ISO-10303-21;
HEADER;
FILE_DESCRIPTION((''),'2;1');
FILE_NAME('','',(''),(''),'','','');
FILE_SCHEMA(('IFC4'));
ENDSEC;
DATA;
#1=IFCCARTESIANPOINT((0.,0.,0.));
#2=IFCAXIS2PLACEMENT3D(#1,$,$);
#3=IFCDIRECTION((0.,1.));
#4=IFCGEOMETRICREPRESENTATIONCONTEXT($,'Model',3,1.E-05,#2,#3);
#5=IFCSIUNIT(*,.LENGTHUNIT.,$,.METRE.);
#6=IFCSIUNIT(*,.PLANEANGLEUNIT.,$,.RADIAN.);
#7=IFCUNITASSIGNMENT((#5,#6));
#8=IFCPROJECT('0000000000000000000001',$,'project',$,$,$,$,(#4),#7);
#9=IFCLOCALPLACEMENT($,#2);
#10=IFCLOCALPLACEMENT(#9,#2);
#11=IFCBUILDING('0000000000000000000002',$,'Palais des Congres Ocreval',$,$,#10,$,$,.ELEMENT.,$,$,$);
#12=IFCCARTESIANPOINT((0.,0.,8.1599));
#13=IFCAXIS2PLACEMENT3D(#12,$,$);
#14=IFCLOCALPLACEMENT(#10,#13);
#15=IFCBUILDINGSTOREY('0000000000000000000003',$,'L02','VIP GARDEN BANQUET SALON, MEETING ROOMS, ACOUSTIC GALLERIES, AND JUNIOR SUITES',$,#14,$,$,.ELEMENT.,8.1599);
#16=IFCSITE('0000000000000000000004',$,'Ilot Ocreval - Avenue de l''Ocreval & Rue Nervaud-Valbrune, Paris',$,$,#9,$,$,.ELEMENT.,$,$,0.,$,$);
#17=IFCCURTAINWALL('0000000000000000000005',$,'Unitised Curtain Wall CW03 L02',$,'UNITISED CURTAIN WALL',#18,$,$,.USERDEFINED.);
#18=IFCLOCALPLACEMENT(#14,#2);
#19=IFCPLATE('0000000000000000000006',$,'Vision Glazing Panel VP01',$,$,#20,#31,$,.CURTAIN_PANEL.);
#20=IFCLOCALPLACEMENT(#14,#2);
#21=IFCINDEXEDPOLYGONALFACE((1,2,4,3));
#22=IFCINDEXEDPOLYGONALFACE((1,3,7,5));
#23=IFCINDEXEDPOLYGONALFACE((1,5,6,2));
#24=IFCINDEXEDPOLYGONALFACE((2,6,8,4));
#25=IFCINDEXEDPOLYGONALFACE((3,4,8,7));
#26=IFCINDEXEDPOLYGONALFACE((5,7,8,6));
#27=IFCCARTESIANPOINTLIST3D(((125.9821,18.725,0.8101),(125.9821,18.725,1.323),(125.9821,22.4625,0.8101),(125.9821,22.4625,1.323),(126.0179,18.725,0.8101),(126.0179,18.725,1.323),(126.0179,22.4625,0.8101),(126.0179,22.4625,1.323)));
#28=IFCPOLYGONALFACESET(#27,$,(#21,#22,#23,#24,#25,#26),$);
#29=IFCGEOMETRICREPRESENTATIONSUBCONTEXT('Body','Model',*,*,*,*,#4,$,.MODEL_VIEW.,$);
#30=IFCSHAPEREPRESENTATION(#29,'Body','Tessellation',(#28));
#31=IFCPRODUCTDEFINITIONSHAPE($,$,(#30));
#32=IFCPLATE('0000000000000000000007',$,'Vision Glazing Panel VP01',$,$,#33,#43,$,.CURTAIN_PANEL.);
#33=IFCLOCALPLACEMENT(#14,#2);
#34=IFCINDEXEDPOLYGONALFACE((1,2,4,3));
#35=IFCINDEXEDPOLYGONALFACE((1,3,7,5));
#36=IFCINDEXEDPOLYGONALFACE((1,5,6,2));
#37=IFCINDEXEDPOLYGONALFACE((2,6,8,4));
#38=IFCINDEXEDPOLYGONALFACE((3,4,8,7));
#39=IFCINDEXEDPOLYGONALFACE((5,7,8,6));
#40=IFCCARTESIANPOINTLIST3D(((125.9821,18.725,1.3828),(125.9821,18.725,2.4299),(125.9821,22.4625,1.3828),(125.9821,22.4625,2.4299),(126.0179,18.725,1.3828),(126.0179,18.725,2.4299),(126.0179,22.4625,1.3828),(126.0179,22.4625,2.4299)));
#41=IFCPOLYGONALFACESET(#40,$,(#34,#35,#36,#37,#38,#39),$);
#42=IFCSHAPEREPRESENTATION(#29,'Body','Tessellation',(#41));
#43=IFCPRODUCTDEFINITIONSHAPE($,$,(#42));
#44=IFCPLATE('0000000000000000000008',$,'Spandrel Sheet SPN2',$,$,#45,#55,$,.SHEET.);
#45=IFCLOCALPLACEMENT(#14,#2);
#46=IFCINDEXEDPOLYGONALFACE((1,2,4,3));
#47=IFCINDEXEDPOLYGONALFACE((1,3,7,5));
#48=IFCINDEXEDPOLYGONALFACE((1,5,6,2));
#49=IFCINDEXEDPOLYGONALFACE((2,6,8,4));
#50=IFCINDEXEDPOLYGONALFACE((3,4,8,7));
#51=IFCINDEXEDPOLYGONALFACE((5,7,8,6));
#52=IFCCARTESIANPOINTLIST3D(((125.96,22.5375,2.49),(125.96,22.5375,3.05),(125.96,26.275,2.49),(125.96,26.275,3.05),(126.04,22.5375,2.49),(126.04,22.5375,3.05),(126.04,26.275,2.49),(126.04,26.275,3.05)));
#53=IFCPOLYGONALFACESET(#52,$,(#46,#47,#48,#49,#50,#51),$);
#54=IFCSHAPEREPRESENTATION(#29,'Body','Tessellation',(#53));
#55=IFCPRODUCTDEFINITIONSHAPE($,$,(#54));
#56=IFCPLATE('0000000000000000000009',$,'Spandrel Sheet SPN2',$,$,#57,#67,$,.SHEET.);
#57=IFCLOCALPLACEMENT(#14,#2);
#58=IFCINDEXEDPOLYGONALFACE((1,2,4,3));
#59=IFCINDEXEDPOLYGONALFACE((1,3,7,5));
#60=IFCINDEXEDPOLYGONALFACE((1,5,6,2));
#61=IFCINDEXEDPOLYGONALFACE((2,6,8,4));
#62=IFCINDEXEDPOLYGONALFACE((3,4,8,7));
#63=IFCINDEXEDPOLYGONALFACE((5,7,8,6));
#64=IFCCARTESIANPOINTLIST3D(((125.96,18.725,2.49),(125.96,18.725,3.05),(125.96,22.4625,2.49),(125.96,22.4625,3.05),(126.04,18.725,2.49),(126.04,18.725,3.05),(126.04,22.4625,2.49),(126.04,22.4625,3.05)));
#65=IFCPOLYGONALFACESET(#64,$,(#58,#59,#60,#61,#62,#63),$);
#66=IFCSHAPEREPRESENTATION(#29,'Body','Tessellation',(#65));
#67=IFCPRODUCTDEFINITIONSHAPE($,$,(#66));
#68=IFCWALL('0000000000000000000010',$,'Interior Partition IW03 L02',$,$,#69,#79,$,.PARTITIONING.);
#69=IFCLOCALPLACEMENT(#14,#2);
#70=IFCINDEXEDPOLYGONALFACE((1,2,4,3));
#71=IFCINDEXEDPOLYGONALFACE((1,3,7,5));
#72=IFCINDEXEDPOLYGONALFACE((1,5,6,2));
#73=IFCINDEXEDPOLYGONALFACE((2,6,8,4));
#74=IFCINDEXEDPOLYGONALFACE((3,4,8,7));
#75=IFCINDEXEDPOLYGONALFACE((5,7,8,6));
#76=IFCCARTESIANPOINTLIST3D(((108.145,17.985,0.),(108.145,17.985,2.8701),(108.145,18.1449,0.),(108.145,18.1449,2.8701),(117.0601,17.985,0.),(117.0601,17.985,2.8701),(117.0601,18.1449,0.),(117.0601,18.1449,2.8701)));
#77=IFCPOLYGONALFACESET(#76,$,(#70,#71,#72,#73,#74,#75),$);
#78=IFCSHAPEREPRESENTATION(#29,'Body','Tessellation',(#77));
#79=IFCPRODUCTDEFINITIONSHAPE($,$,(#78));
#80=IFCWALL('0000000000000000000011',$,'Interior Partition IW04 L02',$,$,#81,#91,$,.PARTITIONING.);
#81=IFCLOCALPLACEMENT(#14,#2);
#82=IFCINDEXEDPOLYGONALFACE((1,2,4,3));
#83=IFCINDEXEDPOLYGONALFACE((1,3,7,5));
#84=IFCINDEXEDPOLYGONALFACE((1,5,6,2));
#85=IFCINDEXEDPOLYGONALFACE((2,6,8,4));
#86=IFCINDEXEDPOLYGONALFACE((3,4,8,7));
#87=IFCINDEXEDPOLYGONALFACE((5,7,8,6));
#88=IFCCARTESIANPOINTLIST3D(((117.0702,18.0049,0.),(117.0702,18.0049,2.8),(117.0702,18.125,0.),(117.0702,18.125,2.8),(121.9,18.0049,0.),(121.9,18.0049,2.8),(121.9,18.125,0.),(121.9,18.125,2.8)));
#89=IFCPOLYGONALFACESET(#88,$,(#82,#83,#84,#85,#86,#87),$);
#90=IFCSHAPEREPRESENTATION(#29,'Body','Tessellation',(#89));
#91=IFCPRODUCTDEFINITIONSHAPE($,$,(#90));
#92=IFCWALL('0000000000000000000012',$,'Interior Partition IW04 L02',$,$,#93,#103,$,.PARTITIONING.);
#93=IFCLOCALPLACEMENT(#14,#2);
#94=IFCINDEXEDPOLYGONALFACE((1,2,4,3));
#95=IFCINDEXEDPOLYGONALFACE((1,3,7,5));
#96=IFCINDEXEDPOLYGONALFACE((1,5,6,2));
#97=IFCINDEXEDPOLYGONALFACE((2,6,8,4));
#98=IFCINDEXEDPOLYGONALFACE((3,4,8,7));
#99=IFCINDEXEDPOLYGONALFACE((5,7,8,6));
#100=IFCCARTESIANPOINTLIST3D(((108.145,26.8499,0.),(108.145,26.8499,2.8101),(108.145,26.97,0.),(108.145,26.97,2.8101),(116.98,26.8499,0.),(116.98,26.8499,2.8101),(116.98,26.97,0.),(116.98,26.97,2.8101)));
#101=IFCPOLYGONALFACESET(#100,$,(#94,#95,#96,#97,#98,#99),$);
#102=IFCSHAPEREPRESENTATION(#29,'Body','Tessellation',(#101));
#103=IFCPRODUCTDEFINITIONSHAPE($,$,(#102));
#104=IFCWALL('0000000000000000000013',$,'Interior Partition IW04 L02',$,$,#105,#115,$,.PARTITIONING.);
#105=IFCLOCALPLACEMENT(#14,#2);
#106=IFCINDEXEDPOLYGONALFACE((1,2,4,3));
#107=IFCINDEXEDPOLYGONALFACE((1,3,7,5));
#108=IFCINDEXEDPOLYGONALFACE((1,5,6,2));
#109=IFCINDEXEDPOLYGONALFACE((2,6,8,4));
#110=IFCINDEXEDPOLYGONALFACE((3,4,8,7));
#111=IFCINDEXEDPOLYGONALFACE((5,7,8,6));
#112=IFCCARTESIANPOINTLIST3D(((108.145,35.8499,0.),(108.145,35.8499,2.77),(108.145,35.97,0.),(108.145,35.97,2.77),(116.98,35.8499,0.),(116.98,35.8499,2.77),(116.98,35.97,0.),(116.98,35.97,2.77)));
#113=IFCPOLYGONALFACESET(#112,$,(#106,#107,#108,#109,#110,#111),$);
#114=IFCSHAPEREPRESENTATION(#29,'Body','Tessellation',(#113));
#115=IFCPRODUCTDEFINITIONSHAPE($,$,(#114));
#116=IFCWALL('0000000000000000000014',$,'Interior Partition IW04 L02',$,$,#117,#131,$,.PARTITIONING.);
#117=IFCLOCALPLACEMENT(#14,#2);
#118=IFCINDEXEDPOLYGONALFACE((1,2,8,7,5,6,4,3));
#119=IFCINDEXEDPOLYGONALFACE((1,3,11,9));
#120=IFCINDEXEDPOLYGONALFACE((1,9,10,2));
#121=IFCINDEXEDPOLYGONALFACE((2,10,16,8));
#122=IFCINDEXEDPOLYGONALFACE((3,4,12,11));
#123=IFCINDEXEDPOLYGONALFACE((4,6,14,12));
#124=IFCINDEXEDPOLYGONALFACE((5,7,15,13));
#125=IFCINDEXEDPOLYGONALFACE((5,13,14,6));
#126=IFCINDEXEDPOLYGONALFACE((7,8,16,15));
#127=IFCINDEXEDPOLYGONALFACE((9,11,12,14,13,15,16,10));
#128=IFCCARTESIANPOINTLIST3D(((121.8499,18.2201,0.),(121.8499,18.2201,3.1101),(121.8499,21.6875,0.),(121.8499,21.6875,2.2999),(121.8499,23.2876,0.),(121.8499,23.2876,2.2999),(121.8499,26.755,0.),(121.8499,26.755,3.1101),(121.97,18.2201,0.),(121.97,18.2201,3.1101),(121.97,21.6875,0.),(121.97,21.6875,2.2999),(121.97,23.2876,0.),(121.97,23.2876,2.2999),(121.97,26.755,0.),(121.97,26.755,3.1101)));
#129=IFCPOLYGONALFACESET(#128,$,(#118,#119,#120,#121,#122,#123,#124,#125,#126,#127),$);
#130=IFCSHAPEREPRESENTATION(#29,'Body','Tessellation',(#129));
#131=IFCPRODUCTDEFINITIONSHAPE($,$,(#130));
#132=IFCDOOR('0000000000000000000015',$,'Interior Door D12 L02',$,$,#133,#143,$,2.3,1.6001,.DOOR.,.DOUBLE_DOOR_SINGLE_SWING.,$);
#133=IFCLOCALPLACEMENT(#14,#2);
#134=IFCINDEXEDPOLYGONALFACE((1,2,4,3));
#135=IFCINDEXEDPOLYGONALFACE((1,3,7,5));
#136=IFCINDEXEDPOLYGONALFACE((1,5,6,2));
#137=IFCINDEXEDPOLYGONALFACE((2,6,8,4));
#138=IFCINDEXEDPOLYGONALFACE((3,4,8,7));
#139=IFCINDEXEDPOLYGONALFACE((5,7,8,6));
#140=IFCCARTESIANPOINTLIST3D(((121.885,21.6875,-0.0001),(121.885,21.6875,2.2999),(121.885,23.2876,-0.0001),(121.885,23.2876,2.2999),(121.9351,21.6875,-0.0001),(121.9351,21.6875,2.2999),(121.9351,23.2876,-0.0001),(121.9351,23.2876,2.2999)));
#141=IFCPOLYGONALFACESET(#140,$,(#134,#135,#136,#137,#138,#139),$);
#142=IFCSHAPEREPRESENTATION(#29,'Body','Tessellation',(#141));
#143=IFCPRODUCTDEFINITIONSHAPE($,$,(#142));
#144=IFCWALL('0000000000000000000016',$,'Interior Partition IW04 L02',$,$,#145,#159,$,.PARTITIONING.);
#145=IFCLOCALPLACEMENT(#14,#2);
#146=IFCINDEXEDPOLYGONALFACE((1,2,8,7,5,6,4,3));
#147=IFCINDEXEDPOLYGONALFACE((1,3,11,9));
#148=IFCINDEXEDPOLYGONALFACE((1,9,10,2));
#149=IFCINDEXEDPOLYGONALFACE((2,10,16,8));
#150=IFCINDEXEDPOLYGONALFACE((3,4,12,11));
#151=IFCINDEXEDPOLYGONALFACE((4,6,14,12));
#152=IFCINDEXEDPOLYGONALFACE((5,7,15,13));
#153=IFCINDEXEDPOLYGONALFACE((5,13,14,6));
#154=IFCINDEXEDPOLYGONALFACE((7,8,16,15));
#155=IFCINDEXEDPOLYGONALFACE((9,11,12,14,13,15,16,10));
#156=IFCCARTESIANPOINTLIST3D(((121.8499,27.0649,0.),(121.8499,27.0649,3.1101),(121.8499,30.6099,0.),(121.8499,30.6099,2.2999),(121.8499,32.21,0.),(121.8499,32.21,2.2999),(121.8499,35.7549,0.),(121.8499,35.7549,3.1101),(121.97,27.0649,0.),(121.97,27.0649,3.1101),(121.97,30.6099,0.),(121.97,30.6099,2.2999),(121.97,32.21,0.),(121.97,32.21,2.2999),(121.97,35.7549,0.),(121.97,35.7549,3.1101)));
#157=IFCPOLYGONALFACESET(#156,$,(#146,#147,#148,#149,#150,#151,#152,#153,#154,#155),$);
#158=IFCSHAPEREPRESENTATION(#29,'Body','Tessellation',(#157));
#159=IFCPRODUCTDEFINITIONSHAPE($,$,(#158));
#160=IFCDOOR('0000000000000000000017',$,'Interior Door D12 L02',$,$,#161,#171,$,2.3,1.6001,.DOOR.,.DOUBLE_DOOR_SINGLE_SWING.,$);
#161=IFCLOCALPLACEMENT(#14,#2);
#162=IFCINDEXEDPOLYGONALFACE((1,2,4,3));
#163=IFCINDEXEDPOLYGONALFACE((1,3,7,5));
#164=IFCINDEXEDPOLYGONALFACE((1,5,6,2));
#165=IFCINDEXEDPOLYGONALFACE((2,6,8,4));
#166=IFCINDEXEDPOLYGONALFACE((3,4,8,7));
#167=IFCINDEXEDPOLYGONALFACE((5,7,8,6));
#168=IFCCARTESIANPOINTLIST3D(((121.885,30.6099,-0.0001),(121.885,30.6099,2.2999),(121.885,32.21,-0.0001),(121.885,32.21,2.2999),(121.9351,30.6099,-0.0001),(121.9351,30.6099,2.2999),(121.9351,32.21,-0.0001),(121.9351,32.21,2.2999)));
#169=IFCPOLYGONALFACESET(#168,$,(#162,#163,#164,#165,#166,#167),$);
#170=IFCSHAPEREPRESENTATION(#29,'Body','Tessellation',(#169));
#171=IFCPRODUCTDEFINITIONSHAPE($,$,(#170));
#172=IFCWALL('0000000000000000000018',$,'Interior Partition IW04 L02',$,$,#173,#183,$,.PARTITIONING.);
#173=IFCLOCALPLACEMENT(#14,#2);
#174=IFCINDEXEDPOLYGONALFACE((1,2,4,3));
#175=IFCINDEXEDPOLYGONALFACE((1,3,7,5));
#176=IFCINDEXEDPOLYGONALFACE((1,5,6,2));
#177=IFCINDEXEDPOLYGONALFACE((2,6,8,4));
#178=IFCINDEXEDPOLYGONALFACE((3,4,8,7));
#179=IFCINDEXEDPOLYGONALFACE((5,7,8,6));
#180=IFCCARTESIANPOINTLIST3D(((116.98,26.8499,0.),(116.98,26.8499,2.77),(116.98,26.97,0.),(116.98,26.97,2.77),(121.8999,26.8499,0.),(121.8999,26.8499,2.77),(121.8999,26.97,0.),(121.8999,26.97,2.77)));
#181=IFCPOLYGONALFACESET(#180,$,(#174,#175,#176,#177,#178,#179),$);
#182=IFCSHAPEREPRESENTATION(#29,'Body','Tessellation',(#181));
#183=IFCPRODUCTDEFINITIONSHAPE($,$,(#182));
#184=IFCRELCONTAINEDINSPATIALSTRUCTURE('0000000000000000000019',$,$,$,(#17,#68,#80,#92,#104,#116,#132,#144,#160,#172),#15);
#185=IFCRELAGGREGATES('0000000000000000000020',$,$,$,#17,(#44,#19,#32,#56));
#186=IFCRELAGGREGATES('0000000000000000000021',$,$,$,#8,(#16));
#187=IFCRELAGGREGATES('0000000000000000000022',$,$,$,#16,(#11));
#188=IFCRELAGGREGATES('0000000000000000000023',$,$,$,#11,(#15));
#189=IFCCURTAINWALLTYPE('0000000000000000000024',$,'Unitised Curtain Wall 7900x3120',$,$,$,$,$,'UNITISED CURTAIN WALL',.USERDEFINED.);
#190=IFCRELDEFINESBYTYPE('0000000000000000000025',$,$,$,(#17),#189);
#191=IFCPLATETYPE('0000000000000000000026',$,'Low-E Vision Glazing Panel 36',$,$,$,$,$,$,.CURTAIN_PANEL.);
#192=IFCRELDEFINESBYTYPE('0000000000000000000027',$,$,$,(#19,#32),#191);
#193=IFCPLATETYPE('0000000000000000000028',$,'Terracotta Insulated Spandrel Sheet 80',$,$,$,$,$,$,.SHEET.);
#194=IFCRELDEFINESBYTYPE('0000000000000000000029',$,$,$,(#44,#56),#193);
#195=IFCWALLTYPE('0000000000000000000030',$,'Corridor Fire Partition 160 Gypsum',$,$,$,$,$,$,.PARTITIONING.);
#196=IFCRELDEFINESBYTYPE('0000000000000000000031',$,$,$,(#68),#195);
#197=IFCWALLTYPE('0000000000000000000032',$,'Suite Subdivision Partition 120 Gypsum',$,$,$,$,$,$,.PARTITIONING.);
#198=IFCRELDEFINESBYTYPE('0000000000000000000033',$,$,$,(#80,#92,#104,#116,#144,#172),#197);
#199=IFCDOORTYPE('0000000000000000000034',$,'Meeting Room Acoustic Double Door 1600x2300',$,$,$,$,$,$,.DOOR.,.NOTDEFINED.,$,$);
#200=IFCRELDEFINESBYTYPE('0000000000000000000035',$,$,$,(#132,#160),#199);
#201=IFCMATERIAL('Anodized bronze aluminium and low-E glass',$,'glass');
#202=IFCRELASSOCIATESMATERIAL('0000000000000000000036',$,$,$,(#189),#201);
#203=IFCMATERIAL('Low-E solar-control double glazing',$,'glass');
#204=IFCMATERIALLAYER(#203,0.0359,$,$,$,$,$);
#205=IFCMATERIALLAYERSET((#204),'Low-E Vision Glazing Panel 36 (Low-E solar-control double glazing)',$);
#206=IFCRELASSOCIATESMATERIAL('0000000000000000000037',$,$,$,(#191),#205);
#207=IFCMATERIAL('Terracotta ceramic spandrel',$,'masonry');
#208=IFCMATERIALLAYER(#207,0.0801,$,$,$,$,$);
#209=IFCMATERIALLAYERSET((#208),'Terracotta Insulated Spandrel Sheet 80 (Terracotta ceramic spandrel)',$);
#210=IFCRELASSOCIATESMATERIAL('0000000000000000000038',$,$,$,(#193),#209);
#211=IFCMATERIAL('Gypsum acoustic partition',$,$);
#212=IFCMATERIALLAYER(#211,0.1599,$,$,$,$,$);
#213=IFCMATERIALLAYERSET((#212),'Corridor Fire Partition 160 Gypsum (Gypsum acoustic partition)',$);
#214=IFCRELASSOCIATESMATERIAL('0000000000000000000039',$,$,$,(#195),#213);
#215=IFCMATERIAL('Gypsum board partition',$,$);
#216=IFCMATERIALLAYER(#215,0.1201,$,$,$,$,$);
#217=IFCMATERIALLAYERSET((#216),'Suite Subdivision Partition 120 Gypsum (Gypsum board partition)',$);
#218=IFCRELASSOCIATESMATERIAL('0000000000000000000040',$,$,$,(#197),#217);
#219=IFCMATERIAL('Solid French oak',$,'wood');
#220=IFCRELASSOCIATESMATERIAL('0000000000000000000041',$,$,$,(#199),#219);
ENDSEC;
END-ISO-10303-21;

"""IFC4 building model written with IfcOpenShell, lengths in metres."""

from ifc_helpers import new_model, si_unit, direction, frame, frame_2d, origin, origin_2d, place, context, subcontext, project, spatial, rectangle, extrude, material, layer, layer_set, type_object, element, fill, aggregate, save


model = new_model("IFC4")

# Units and contexts
model_context = context("Model", 3, precision=1e-05, world=origin(), true_north=direction((0.0, 1.0)))
body_context = subcontext(model_context, "Body", "Model", "MODEL_VIEW")
ifc_project = project(units=[si_unit("LENGTHUNIT", "METRE"), si_unit("PLANEANGLEUNIT", "RADIAN")], contexts=[model_context])

# Site, building, storey
site_placement = place(None, origin())
site = spatial("IfcSite", under=ifc_project, at=site_placement, Name="Ilot Ocreval - Avenue de l'Ocreval & Rue Nervaud-Valbrune, Paris", CompositionType="ELEMENT", RefElevation=0.0)
building_placement = place(site_placement, origin())
building = spatial("IfcBuilding", under=site, at=building_placement, Name="Palais des Congres Ocreval", CompositionType="ELEMENT")
storey_placement = place(building_placement, frame((0.0, 0.0, 8.1599)))
storey = spatial("IfcBuildingStorey", under=building, at=storey_placement, Name="L02", Description="VIP GARDEN BANQUET SALON, MEETING ROOMS, ACOUSTIC GALLERIES, AND JUNIOR SUITES", CompositionType="ELEMENT", Elevation=8.1599)

# Curtain wall
ifc_material_1 = material(Name="Anodized bronze aluminium and low-E glass", Category="glass")
curtain_wall_type = type_object("IfcCurtainWallType", Name="Unitised Curtain Wall 7900x3120", ElementType="UNITISED CURTAIN WALL", PredefinedType="USERDEFINED", material=ifc_material_1)
curtain_wall_placement = place(storey_placement, origin())
curtain_wall = element("IfcCurtainWall", 1, at=curtain_wall_placement, inside=storey, type_object=curtain_wall_type, Name="Unitised Curtain Wall CW03 L02", ObjectType="UNITISED CURTAIN WALL", PredefinedType="USERDEFINED")

# Plates
ifc_material_2 = material(Name="Low-E solar-control double glazing", Category="glass")
ifc_layer_1 = layer(ifc_material_2, 0.0359)
ifc_layer_set_1 = layer_set([ifc_layer_1], Name="Low-E Vision Glazing Panel 36 (Low-E solar-control double glazing)")
plate_type_1 = type_object("IfcPlateType", Name="Low-E Vision Glazing Panel 36", PredefinedType="CURTAIN_PANEL", material=ifc_layer_set_1)
plate_1_placement = place(storey_placement, frame((126.0, 20.5938, 0.8101), z_axis=(0.0, 0.0, 1.0), x_axis=(0.0, -1.0, 0.0)))
plate_1 = element("IfcPlate", 2, at=plate_1_placement, type_object=plate_type_1, Name="Vision Glazing Panel VP01", PredefinedType="CURTAIN_PANEL", context=body_context, shape_type="SweptSolid", body=[
    extrude(rectangle(XDim=3.7375, YDim=0.0359, at=origin_2d()), origin(), (0.0, 0.0, 1.0), 0.5129),
])
plate_2_placement = place(storey_placement, frame((126.0, 20.5938, 1.3828), z_axis=(0.0, 0.0, 1.0), x_axis=(0.0, -1.0, 0.0)))
plate_2 = element("IfcPlate", 3, at=plate_2_placement, type_object=plate_type_1, Name="Vision Glazing Panel VP01", PredefinedType="CURTAIN_PANEL", context=body_context, shape_type="SweptSolid", body=[
    extrude(rectangle(XDim=3.7375, YDim=0.0359, at=origin_2d()), origin(), (0.0, 0.0, 1.0), 1.0471),
])
ifc_material_3 = material(Name="Terracotta ceramic spandrel", Category="masonry")
ifc_layer_2 = layer(ifc_material_3, 0.0801)
ifc_layer_set_2 = layer_set([ifc_layer_2], Name="Terracotta Insulated Spandrel Sheet 80 (Terracotta ceramic spandrel)")
plate_type_2 = type_object("IfcPlateType", Name="Terracotta Insulated Spandrel Sheet 80", PredefinedType="SHEET", material=ifc_layer_set_2)
plate_3_placement = place(storey_placement, frame((126.0, 24.4062, 2.49), z_axis=(0.0, 0.0, 1.0), x_axis=(0.0, -1.0, 0.0)))
plate_3 = element("IfcPlate", 4, at=plate_3_placement, type_object=plate_type_2, Name="Spandrel Sheet SPN2", PredefinedType="SHEET", context=body_context, shape_type="SweptSolid", body=[
    extrude(rectangle(XDim=3.7375, YDim=0.0801, at=origin_2d()), origin(), (0.0, 0.0, 1.0), 0.5601),
])
plate_4_placement = place(storey_placement, frame((126.0, 20.5938, 2.49), z_axis=(0.0, 0.0, 1.0), x_axis=(0.0, -1.0, 0.0)))
plate_4 = element("IfcPlate", 5, at=plate_4_placement, type_object=plate_type_2, Name="Spandrel Sheet SPN2", PredefinedType="SHEET", context=body_context, shape_type="SweptSolid", body=[
    extrude(rectangle(XDim=3.7375, YDim=0.0801, at=origin_2d()), origin(), (0.0, 0.0, 1.0), 0.5601),
])
aggregate(curtain_wall, [plate_3, plate_1, plate_2, plate_4])

# Walls
ifc_material_4 = material(Name="Gypsum acoustic partition")
ifc_layer_3 = layer(ifc_material_4, 0.1599)
ifc_layer_set_3 = layer_set([ifc_layer_3], Name="Corridor Fire Partition 160 Gypsum (Gypsum acoustic partition)")
wall_type_1 = type_object("IfcWallType", Name="Corridor Fire Partition 160 Gypsum", PredefinedType="PARTITIONING", material=ifc_layer_set_3)
wall_1_placement = place(storey_placement, frame((108.145, 18.0649, 0.0), z_axis=(0.0, 0.0, 1.0), x_axis=(1.0, 0.0, 0.0)))
element("IfcWall", 6, at=wall_1_placement, inside=storey, type_object=wall_type_1, Name="Interior Partition IW03 L02", PredefinedType="PARTITIONING", context=body_context, shape_type="SweptSolid", body=[
    extrude(rectangle(XDim=8.915, YDim=0.1599, at=frame_2d((4.4575, 0.0))), origin(), (0.0, 0.0, 1.0), 2.8701),
])
ifc_material_5 = material(Name="Gypsum board partition")
ifc_layer_4 = layer(ifc_material_5, 0.1201)
ifc_layer_set_4 = layer_set([ifc_layer_4], Name="Suite Subdivision Partition 120 Gypsum (Gypsum board partition)")
wall_type_2 = type_object("IfcWallType", Name="Suite Subdivision Partition 120 Gypsum", PredefinedType="PARTITIONING", material=ifc_layer_set_4)
wall_2_placement = place(storey_placement, frame((117.0701, 18.0649, 0.0), z_axis=(0.0, 0.0, 1.0), x_axis=(1.0, 0.0, 0.0)))
element("IfcWall", 7, at=wall_2_placement, inside=storey, type_object=wall_type_2, Name="Interior Partition IW04 L02", PredefinedType="PARTITIONING", context=body_context, shape_type="SweptSolid", body=[
    extrude(rectangle(XDim=4.8298, YDim=0.1201, at=frame_2d((2.415, 0.0))), origin(), (0.0, 0.0, 1.0), 2.8),
])
wall_3_placement = place(storey_placement, frame((108.145, 26.9099, 0.0), z_axis=(0.0, 0.0, 1.0), x_axis=(1.0, 0.0, 0.0)))
element("IfcWall", 8, at=wall_3_placement, inside=storey, type_object=wall_type_2, Name="Interior Partition IW04 L02", PredefinedType="PARTITIONING", context=body_context, shape_type="SweptSolid", body=[
    extrude(rectangle(XDim=8.835, YDim=0.1201, at=frame_2d((4.4175, 0.0))), origin(), (0.0, 0.0, 1.0), 2.8101),
])
wall_4_placement = place(storey_placement, frame((108.145, 35.9099, 0.0), z_axis=(0.0, 0.0, 1.0), x_axis=(1.0, 0.0, 0.0)))
element("IfcWall", 9, at=wall_4_placement, inside=storey, type_object=wall_type_2, Name="Interior Partition IW04 L02", PredefinedType="PARTITIONING", context=body_context, shape_type="SweptSolid", body=[
    extrude(rectangle(XDim=8.835, YDim=0.1201, at=frame_2d((4.4175, 0.0))), origin(), (0.0, 0.0, 1.0), 2.77),
])

# Walls, openings, doors
wall_5_placement = place(storey_placement, frame((121.9099, 18.22, 0.0), z_axis=(0.0, 0.0, 1.0), x_axis=(0.0, 1.0, 0.0)))
wall_5 = element("IfcWall", 10, at=wall_5_placement, inside=storey, type_object=wall_type_2, Name="Interior Partition IW04 L02", PredefinedType="PARTITIONING", context=body_context, shape_type="SweptSolid", body=[
    extrude(rectangle(XDim=8.5349, YDim=0.1201, at=frame_2d((4.2676, 0.0))), origin(), (0.0, 0.0, 1.0), 3.1101),
])
opening_1_placement = place(wall_5_placement, frame((3.4675, 0.0, 0.0)))
opening_1 = element("IfcOpeningElement", 11, at=opening_1_placement, cuts=wall_5, PredefinedType="OPENING", context=body_context, shape_type="SweptSolid", body=[
    extrude(rectangle(XDim=1.6001, YDim=2.3, at=frame_2d((0.8, 1.1499))), frame((0.0, 0.0701, 0.0), z_axis=(0.0, -1.0, 0.0), x_axis=(1.0, 0.0, 0.0)), (0.0, 0.0, 1.0), 0.1401),
])
ifc_material_6 = material(Name="Solid French oak", Category="wood")
door_type = type_object("IfcDoorType", Name="Meeting Room Acoustic Double Door 1600x2300", OperationType="NOTDEFINED", PredefinedType="DOOR", material=ifc_material_6)
door_1_placement = place(opening_1_placement, origin())
door_1 = element("IfcDoor", 12, at=door_1_placement, inside=storey, type_object=door_type, Name="Interior Door D12 L02", OperationType="DOUBLE_DOOR_SINGLE_SWING", OverallHeight=2.3, OverallWidth=1.6001, PredefinedType="DOOR", context=body_context, shape_type="SweptSolid", body=[
    extrude(rectangle(XDim=1.6001, YDim=2.3, at=frame_2d((0.8, 1.1499))), frame((0.0, 0.0249, 0.0), z_axis=(0.0, -1.0, 0.0), x_axis=(1.0, 0.0, 0.0)), (0.0, 0.0, 1.0), 0.05),
])
fill(opening_1, door_1)
wall_6_placement = place(storey_placement, frame((121.9099, 27.0649, 0.0), z_axis=(0.0, 0.0, 1.0), x_axis=(0.0, 1.0, 0.0)))
wall_6 = element("IfcWall", 13, at=wall_6_placement, inside=storey, type_object=wall_type_2, Name="Interior Partition IW04 L02", PredefinedType="PARTITIONING", context=body_context, shape_type="SweptSolid", body=[
    extrude(rectangle(XDim=8.6899, YDim=0.1201, at=frame_2d((4.345, 0.0))), origin(), (0.0, 0.0, 1.0), 3.1101),
])
opening_2_placement = place(wall_6_placement, frame((3.5449, 0.0, 0.0)))
opening_2 = element("IfcOpeningElement", 14, at=opening_2_placement, cuts=wall_6, PredefinedType="OPENING", context=body_context, shape_type="SweptSolid", body=[
    extrude(rectangle(XDim=1.6001, YDim=2.3, at=frame_2d((0.8, 1.1499))), frame((0.0, 0.0701, 0.0), z_axis=(0.0, -1.0, 0.0), x_axis=(1.0, 0.0, 0.0)), (0.0, 0.0, 1.0), 0.1401),
])
door_2_placement = place(opening_2_placement, origin())
door_2 = element("IfcDoor", 15, at=door_2_placement, inside=storey, type_object=door_type, Name="Interior Door D12 L02", OperationType="DOUBLE_DOOR_SINGLE_SWING", OverallHeight=2.3, OverallWidth=1.6001, PredefinedType="DOOR", context=body_context, shape_type="SweptSolid", body=[
    extrude(rectangle(XDim=1.6001, YDim=2.3, at=frame_2d((0.8, 1.1499))), frame((0.0, 0.0249, 0.0), z_axis=(0.0, -1.0, 0.0), x_axis=(1.0, 0.0, 0.0)), (0.0, 0.0, 1.0), 0.05),
])
fill(opening_2, door_2)

# Wall
wall_7_placement = place(storey_placement, frame((116.98, 26.9099, 0.0), z_axis=(0.0, 0.0, 1.0), x_axis=(1.0, 0.0, 0.0)))
element("IfcWall", 16, at=wall_7_placement, inside=storey, type_object=wall_type_2, Name="Interior Partition IW04 L02", PredefinedType="PARTITIONING", context=body_context, shape_type="SweptSolid", body=[
    extrude(rectangle(XDim=4.9199, YDim=0.1201, at=frame_2d((2.46, 0.0))), origin(), (0.0, 0.0, 1.0), 2.77),
])

save(model, "model.ifc")
